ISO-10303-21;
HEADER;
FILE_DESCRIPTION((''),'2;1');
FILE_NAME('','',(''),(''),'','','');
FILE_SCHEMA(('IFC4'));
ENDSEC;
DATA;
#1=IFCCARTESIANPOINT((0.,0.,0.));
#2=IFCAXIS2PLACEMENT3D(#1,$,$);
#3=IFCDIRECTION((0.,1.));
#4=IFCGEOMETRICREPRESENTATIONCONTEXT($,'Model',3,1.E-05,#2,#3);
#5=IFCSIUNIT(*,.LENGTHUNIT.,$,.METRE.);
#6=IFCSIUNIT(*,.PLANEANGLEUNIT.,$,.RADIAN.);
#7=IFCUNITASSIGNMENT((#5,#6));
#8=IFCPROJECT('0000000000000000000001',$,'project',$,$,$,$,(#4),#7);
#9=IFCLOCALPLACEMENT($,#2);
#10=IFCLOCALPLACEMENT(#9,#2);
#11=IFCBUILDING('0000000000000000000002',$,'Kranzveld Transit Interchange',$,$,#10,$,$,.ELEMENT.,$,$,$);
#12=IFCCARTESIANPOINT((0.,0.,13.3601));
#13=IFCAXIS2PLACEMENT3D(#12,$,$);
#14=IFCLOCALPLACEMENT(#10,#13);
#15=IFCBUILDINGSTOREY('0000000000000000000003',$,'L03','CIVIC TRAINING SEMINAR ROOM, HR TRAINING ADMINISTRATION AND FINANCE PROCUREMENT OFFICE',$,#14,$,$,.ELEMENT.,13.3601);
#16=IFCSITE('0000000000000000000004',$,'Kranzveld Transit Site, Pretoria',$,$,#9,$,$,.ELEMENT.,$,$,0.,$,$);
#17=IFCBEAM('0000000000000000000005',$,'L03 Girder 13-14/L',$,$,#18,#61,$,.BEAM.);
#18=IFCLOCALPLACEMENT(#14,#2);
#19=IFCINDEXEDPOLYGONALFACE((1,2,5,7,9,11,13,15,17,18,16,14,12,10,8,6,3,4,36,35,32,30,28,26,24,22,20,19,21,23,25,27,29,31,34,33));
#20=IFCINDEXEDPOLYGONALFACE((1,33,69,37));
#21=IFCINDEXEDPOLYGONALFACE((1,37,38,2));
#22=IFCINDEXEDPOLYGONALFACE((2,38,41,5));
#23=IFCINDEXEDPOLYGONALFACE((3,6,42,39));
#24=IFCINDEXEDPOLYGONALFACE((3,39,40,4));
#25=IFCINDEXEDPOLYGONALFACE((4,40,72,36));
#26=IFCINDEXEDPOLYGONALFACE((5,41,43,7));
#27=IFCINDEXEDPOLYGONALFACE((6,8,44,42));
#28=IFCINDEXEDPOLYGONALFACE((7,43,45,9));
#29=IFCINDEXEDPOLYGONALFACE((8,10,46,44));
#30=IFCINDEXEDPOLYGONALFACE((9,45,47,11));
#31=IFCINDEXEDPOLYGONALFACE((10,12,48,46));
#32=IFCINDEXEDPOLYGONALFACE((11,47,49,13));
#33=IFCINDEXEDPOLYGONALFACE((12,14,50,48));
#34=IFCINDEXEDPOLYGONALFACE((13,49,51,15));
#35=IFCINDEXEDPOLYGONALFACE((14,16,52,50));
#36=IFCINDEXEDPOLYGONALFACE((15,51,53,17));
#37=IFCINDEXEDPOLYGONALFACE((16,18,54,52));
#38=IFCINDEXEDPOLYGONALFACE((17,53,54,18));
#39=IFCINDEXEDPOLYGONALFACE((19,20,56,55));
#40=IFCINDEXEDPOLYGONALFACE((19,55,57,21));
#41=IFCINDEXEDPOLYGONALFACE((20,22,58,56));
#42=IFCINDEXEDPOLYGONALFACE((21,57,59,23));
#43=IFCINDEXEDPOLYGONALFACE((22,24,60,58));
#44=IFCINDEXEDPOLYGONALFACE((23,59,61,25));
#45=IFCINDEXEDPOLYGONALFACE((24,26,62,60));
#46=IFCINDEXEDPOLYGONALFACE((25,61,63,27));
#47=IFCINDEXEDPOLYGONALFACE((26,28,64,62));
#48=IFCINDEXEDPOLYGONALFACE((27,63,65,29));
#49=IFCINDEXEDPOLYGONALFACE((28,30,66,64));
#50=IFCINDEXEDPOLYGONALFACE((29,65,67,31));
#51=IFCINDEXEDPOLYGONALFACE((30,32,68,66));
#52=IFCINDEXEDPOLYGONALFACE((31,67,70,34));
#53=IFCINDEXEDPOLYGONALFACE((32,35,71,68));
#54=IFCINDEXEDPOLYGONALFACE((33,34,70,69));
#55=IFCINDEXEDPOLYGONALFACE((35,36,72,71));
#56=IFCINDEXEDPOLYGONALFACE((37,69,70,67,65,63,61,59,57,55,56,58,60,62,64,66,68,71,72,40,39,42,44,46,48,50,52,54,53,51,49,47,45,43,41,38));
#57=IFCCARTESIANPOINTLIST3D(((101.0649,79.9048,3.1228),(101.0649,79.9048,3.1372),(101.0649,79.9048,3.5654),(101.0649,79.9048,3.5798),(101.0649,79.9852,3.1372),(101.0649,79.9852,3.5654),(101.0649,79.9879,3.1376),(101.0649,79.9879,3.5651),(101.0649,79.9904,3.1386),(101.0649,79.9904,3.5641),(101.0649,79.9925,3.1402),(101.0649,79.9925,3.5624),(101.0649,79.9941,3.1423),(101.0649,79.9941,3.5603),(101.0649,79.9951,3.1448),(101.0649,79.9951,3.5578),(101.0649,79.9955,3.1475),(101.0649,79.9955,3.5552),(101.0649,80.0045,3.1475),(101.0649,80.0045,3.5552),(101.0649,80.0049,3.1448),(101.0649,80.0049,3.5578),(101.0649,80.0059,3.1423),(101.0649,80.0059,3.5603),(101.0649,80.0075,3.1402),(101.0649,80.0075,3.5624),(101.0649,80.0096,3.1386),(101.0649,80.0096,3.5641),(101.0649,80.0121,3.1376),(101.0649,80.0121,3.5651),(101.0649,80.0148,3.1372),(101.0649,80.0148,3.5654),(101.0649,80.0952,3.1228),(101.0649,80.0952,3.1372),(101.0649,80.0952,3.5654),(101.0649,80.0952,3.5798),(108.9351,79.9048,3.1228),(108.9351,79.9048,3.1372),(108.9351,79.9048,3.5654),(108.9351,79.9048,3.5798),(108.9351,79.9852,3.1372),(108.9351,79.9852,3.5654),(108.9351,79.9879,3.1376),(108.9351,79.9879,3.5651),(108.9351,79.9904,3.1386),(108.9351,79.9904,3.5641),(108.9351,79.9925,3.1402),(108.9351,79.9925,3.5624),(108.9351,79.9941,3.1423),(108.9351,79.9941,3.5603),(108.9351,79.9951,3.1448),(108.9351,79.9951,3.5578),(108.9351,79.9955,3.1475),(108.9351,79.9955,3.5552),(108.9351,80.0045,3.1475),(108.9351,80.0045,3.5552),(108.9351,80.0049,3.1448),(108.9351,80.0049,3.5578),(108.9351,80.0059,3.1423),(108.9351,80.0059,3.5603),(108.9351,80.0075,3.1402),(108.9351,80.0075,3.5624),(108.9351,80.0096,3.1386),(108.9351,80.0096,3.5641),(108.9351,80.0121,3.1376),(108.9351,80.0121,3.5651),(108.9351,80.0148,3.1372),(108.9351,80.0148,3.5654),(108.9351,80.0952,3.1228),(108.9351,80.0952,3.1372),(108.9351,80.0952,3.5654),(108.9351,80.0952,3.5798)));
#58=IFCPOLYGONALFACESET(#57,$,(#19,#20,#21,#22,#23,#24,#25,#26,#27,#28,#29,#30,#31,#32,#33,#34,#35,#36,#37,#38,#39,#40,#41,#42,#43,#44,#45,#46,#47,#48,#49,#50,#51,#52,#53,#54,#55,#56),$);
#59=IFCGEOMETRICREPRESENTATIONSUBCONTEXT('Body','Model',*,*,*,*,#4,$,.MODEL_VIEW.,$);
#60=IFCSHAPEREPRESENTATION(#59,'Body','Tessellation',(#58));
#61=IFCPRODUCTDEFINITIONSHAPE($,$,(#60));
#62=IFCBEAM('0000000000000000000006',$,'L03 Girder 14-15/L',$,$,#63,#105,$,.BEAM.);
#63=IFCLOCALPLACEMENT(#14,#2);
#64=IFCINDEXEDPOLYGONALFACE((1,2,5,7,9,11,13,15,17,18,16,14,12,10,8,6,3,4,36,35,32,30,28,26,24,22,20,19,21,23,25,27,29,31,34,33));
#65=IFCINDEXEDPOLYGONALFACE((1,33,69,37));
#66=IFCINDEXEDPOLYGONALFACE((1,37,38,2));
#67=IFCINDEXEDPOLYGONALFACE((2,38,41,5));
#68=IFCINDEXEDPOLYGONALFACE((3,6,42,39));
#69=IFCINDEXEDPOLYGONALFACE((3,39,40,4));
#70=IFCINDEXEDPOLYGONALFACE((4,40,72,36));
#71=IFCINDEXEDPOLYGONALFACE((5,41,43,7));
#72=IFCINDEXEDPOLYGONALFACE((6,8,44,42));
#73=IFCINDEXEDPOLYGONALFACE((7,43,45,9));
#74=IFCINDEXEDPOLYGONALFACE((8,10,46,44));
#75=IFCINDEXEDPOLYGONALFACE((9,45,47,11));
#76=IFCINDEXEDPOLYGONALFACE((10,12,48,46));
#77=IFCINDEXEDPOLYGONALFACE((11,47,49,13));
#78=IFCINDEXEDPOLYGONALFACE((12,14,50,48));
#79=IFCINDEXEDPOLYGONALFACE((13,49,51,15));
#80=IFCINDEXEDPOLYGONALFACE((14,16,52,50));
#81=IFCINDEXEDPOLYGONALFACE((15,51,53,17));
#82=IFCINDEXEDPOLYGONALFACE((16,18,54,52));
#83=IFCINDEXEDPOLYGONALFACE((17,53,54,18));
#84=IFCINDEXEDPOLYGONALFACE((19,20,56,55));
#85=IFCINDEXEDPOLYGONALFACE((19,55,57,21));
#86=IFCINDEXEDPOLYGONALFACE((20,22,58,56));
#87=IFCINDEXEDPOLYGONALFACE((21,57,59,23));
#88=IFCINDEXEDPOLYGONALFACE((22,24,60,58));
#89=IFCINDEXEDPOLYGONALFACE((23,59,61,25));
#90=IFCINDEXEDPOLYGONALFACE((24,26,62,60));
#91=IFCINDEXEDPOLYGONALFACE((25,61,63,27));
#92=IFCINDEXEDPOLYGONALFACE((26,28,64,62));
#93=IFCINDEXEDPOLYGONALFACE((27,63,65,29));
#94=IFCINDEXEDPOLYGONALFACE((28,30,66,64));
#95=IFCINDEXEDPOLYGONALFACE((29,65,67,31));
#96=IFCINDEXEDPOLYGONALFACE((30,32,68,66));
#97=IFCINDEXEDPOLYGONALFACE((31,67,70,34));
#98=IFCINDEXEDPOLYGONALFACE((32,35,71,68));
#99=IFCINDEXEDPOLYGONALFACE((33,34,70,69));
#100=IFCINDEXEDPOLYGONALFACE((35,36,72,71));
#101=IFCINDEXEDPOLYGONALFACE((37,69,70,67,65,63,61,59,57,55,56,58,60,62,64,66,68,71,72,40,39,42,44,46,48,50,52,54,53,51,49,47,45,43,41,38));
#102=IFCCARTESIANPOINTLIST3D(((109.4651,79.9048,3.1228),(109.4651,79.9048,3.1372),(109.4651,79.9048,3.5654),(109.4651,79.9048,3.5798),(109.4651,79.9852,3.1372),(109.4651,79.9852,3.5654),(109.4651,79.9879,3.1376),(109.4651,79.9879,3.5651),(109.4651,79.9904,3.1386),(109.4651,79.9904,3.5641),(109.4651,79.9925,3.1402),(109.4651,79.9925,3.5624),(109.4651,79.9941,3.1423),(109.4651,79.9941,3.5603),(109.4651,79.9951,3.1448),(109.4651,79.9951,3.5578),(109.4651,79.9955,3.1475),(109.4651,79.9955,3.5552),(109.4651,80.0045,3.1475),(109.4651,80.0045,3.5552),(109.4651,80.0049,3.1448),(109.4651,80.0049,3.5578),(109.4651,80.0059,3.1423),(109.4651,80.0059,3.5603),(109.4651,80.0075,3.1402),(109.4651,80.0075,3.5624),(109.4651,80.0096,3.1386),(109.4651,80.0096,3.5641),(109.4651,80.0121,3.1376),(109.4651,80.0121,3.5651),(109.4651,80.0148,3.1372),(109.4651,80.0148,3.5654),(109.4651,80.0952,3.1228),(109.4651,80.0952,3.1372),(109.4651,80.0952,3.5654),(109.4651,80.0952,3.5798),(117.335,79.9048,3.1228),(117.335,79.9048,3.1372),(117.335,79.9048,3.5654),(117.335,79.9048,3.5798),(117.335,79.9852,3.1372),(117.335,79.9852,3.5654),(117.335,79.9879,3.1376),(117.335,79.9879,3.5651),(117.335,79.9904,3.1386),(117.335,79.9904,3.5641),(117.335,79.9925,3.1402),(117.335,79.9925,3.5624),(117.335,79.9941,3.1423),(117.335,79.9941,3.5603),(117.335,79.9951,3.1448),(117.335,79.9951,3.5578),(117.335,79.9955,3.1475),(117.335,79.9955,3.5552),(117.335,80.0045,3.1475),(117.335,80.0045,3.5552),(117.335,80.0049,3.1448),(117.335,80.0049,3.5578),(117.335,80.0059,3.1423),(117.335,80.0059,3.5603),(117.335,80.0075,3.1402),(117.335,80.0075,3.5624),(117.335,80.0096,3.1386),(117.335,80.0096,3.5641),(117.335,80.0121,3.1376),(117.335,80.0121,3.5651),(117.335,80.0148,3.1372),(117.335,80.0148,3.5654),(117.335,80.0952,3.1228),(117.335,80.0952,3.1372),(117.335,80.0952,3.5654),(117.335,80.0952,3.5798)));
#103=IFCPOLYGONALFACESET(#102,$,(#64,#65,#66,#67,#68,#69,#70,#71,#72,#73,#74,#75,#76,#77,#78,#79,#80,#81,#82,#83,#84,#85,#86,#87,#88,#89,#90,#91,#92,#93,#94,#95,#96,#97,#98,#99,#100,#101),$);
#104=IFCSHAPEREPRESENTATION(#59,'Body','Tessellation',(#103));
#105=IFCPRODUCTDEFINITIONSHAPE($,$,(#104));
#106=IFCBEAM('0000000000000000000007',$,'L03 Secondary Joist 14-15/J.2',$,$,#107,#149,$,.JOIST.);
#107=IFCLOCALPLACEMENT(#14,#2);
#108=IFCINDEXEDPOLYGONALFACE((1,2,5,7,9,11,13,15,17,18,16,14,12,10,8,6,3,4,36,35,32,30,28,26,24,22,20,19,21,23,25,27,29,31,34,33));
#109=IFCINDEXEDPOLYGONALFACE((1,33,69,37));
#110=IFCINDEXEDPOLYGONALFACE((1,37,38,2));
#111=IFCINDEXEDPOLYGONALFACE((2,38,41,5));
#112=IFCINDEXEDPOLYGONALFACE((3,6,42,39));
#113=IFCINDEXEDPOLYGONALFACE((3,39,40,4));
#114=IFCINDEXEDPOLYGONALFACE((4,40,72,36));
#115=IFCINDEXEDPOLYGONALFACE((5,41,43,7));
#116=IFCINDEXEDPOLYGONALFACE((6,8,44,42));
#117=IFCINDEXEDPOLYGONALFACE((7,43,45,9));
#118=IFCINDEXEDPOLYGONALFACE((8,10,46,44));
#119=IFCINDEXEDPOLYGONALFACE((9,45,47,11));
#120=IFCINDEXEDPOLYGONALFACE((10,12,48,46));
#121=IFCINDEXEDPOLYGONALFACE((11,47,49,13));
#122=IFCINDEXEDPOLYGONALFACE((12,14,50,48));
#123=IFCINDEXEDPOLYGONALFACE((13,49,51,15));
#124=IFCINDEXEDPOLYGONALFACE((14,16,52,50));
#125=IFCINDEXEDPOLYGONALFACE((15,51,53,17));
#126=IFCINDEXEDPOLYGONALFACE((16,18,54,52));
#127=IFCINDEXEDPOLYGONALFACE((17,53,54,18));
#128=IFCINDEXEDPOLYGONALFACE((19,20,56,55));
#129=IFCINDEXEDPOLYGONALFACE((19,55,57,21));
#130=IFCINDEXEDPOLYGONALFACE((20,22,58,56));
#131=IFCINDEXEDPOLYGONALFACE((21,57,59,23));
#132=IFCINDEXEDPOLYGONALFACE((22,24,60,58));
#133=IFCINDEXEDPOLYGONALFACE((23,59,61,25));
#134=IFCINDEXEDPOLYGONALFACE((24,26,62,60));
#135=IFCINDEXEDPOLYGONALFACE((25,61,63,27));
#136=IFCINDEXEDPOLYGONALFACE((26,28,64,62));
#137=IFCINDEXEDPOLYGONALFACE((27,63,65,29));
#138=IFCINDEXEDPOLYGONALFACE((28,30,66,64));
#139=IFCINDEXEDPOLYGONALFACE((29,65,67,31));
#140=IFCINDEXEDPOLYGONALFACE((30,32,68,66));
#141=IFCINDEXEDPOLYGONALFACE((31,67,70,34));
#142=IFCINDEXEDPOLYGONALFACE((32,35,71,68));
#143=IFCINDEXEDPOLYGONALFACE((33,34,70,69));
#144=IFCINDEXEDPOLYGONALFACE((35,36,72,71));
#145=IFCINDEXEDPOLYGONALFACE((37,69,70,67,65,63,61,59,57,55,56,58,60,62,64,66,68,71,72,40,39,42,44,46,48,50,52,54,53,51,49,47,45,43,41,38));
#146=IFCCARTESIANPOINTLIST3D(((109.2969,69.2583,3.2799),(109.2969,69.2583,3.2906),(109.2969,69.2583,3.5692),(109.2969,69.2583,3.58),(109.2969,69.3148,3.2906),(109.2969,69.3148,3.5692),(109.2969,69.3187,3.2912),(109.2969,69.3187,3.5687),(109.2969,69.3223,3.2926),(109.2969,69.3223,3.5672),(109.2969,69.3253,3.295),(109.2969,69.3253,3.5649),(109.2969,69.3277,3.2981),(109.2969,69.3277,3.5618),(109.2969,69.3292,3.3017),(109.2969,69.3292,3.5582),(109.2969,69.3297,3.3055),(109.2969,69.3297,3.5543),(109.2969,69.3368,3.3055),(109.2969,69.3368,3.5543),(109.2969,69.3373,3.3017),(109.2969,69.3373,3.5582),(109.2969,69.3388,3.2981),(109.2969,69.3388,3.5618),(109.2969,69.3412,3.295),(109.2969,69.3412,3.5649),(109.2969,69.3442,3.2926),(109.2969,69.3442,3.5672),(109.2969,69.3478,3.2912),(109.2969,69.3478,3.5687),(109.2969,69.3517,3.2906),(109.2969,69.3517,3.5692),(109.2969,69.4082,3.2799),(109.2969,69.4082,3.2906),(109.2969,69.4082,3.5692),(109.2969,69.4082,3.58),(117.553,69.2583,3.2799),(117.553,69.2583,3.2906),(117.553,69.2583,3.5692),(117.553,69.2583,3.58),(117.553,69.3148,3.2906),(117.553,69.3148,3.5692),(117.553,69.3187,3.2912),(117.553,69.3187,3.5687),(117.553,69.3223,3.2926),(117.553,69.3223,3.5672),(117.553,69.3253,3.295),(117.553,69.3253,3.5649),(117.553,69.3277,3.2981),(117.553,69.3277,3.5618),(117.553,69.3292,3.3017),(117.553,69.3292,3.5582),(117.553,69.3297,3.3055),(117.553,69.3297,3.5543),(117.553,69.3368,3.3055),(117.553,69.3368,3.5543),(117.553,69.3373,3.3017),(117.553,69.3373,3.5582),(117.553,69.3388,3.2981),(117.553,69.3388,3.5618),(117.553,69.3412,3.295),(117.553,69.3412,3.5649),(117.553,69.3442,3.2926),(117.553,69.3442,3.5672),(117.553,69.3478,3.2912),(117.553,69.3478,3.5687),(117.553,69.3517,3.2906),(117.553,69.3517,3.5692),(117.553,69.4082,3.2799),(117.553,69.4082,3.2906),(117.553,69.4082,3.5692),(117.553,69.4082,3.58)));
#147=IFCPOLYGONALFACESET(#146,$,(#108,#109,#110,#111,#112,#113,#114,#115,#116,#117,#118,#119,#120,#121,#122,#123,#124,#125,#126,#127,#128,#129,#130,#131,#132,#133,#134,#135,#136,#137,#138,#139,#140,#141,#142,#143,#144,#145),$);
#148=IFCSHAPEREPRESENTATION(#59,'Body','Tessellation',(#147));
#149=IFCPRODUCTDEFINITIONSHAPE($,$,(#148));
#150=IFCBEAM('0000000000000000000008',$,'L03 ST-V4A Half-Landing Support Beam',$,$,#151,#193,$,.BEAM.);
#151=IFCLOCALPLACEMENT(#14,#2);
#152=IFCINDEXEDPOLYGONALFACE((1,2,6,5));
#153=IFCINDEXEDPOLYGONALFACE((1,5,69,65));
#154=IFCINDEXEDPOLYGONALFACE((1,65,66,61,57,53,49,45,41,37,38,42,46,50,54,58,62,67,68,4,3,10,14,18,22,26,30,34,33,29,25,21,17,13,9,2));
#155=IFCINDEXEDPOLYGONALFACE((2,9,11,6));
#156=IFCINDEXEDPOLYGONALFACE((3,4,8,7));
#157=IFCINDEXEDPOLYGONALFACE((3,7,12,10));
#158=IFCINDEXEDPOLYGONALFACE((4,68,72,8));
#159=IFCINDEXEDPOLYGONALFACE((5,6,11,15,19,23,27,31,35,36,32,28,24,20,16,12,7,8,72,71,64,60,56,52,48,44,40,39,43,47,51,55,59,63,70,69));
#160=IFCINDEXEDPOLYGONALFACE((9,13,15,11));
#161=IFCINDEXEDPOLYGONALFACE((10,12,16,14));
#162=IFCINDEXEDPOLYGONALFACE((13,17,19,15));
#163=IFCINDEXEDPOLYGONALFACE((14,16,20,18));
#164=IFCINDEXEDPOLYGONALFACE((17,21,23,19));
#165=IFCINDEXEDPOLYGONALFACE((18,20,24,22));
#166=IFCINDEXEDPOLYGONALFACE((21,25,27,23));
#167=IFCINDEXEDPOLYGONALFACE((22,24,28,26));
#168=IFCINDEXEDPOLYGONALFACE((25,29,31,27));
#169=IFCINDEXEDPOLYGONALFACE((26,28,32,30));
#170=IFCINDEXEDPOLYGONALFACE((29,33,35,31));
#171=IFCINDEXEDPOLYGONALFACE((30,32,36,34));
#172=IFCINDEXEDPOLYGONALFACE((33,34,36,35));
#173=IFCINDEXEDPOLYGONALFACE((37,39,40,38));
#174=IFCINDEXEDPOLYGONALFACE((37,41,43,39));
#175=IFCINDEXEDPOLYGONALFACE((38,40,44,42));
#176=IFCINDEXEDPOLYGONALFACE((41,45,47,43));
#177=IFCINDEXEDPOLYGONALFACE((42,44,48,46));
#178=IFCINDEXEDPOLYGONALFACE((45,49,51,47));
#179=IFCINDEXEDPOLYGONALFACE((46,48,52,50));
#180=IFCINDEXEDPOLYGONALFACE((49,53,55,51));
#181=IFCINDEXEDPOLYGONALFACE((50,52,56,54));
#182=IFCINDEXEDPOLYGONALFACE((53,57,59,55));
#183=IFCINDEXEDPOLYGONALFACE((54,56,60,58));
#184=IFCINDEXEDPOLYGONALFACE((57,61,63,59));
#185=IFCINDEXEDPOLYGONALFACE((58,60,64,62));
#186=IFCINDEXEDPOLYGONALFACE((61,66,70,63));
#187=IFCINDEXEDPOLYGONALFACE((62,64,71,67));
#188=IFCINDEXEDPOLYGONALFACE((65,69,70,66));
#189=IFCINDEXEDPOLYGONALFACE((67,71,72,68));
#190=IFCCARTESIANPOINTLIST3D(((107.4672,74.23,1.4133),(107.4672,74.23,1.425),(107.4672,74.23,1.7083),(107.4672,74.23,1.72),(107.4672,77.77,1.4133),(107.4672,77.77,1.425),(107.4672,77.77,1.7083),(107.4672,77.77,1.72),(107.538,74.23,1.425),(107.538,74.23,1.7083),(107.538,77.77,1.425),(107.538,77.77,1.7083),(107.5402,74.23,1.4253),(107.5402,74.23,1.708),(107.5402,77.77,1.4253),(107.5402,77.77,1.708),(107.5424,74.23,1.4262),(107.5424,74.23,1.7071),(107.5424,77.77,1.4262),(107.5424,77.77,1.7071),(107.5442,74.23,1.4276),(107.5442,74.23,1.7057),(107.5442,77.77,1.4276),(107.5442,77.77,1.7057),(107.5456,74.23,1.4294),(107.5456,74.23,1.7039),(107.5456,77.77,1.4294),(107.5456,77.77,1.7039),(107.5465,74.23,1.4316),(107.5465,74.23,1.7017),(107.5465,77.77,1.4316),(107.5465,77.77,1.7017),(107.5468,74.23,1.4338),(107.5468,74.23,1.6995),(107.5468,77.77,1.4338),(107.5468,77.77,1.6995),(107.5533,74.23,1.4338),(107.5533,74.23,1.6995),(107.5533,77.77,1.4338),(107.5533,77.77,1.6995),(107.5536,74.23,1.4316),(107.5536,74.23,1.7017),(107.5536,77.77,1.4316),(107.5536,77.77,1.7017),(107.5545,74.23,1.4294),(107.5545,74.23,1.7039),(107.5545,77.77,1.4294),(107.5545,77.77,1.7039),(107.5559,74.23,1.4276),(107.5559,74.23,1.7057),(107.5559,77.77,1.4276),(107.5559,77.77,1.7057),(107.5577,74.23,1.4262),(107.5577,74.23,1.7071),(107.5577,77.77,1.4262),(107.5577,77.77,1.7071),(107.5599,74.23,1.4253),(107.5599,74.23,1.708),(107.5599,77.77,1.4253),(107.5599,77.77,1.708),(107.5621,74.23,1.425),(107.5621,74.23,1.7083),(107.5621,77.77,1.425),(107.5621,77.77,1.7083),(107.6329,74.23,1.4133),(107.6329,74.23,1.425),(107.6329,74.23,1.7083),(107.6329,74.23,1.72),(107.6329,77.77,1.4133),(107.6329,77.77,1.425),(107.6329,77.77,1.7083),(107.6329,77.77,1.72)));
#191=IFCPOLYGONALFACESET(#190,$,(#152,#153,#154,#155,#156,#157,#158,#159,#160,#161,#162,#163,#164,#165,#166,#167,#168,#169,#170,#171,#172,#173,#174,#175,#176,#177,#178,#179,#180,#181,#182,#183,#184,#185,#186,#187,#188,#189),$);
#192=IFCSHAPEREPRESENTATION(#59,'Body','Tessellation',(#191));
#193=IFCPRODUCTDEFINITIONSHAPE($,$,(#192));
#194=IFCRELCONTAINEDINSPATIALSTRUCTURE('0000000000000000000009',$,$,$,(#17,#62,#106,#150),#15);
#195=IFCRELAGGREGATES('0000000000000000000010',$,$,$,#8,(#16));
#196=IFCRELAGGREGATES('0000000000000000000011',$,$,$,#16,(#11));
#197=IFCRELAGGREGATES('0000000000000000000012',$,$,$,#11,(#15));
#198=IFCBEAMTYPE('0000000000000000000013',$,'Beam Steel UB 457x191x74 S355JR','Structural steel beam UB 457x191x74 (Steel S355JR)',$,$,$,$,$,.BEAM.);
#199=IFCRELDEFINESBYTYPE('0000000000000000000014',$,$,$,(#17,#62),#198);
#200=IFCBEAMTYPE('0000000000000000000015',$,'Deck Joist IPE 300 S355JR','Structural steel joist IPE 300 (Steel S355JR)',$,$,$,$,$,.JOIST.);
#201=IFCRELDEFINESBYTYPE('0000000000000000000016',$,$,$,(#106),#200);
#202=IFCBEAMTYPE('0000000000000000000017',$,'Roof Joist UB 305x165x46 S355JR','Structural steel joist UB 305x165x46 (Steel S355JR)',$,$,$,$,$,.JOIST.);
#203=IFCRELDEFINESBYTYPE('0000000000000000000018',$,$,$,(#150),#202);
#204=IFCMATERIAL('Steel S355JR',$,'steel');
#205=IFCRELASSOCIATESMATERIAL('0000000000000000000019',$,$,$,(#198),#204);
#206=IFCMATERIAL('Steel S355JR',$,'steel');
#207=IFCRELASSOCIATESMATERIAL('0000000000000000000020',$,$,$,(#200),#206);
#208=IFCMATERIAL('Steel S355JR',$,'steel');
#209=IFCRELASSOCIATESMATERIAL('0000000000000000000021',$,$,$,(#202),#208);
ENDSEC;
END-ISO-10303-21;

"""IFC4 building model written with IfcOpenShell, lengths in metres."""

from ifc_helpers import new_model, si_unit, direction, frame, origin, origin_2d, place, context, subcontext, project, spatial, i_section, extrude, material, material_profile, profile_set, type_object, element, save


model = new_model("IFC4")

# Units and contexts
model_context = context("Model", 3, precision=1e-05, world=origin(), true_north=direction((0.0, 1.0)))
body_context = subcontext(model_context, "Body", "Model", "MODEL_VIEW")
ifc_project = project(units=[si_unit("LENGTHUNIT", "METRE"), si_unit("PLANEANGLEUNIT", "RADIAN")], contexts=[model_context])

# Site, building, storey
site_placement = place(None, origin())
site = spatial("IfcSite", under=ifc_project, at=site_placement, Name="Kranzveld Transit Site, Pretoria", CompositionType="ELEMENT", RefElevation=0.0)
building_placement = place(site_placement, origin())
building = spatial("IfcBuilding", under=site, at=building_placement, Name="Kranzveld Transit Interchange", CompositionType="ELEMENT")
storey_placement = place(building_placement, frame((0.0, 0.0, 13.3601)))
storey = spatial("IfcBuildingStorey", under=building, at=storey_placement, Name="L03", Description="CIVIC TRAINING SEMINAR ROOM, HR TRAINING ADMINISTRATION AND FINANCE PROCUREMENT OFFICE", CompositionType="ELEMENT", Elevation=13.3601)

# Beams
ifc_material_1 = material(Name="Steel S355JR", Category="steel")
ifc_material_profile_1 = material_profile(ifc_material_1, i_section(OverallWidth=0.1904, OverallDepth=0.457, WebThickness=0.009, FlangeThickness=0.0144, FilletRadius=0.0103, at=origin_2d()), Name="UB 457x191x74")
ifc_profile_set_1 = profile_set([ifc_material_profile_1], Name="Steel S355JR")
beam_type_1 = type_object("IfcBeamType", Name="Beam Steel UB 457x191x74 S355JR", Description="Structural steel beam UB 457x191x74 (Steel S355JR)", PredefinedType="BEAM", material=ifc_profile_set_1)
beam_1_placement = place(storey_placement, frame((101.0649, 80.0, 3.3513), z_axis=(1.0, 0.0, 0.0), x_axis=(0.0, 1.0, 0.0)))
element("IfcBeam", 1, at=beam_1_placement, inside=storey, type_object=beam_type_1, Name="L03 Girder 13-14/L", PredefinedType="BEAM", context=body_context, shape_type="SweptSolid", body=[
    extrude(i_section(OverallWidth=0.1904, OverallDepth=0.457, WebThickness=0.009, FlangeThickness=0.0144, FilletRadius=0.0103, at=origin_2d()), origin(), (0.0, 0.0, 1.0), 7.8701),
])
beam_2_placement = place(storey_placement, frame((109.4651, 80.0, 3.3513), z_axis=(1.0, 0.0, 0.0), x_axis=(0.0, 1.0, 0.0)))
element("IfcBeam", 2, at=beam_2_placement, inside=storey, type_object=beam_type_1, Name="L03 Girder 14-15/L", PredefinedType="BEAM", context=body_context, shape_type="SweptSolid", body=[
    extrude(i_section(OverallWidth=0.1904, OverallDepth=0.457, WebThickness=0.009, FlangeThickness=0.0144, FilletRadius=0.0103, at=origin_2d()), origin(), (0.0, 0.0, 1.0), 7.8699),
])
ifc_material_2 = material(Name="Steel S355JR", Category="steel")
ifc_material_profile_2 = material_profile(ifc_material_2, i_section(OverallWidth=0.1499, OverallDepth=0.3, WebThickness=0.0071, FlangeThickness=0.0107, FilletRadius=0.0149, at=origin_2d()), Name="IPE 300")
ifc_profile_set_2 = profile_set([ifc_material_profile_2], Name="Steel S355JR")
beam_type_2 = type_object("IfcBeamType", Name="Deck Joist IPE 300 S355JR", Description="Structural steel joist IPE 300 (Steel S355JR)", PredefinedType="JOIST", material=ifc_profile_set_2)
beam_3_placement = place(storey_placement, frame((109.2969, 69.3333, 3.4299), z_axis=(1.0, 0.0, 0.0), x_axis=(0.0, 1.0, 0.0)))
element("IfcBeam", 3, at=beam_3_placement, inside=storey, type_object=beam_type_2, Name="L03 Secondary Joist 14-15/J.2", PredefinedType="JOIST", context=body_context, shape_type="SweptSolid", body=[
    extrude(i_section(OverallWidth=0.1499, OverallDepth=0.3, WebThickness=0.0071, FlangeThickness=0.0107, FilletRadius=0.0149, at=origin_2d()), origin(), (0.0, 0.0, 1.0), 8.2561),
])
ifc_material_3 = material(Name="Steel S355JR", Category="steel")
ifc_material_profile_3 = material_profile(ifc_material_3, i_section(OverallWidth=0.1658, OverallDepth=0.3066, WebThickness=0.0066, FlangeThickness=0.0117, FilletRadius=0.0088, at=origin_2d()), Name="UB 305x165x46")
ifc_profile_set_3 = profile_set([ifc_material_profile_3], Name="Steel S355JR")
beam_type_3 = type_object("IfcBeamType", Name="Roof Joist UB 305x165x46 S355JR", Description="Structural steel joist UB 305x165x46 (Steel S355JR)", PredefinedType="JOIST", material=ifc_profile_set_3)
beam_4_placement = place(storey_placement, frame((107.55, 74.23, 1.5667), z_axis=(0.0, 1.0, 0.0), x_axis=(-1.0, 0.0, 0.0)))
element("IfcBeam", 4, at=beam_4_placement, inside=storey, type_object=beam_type_3, Name="L03 ST-V4A Half-Landing Support Beam", PredefinedType="BEAM", context=body_context, shape_type="SweptSolid", body=[
    extrude(i_section(OverallWidth=0.1658, OverallDepth=0.3066, WebThickness=0.0066, FlangeThickness=0.0117, FilletRadius=0.0088, at=origin_2d()), origin(), (0.0, 0.0, 1.0), 3.54),
])

save(model, "model.ifc")
